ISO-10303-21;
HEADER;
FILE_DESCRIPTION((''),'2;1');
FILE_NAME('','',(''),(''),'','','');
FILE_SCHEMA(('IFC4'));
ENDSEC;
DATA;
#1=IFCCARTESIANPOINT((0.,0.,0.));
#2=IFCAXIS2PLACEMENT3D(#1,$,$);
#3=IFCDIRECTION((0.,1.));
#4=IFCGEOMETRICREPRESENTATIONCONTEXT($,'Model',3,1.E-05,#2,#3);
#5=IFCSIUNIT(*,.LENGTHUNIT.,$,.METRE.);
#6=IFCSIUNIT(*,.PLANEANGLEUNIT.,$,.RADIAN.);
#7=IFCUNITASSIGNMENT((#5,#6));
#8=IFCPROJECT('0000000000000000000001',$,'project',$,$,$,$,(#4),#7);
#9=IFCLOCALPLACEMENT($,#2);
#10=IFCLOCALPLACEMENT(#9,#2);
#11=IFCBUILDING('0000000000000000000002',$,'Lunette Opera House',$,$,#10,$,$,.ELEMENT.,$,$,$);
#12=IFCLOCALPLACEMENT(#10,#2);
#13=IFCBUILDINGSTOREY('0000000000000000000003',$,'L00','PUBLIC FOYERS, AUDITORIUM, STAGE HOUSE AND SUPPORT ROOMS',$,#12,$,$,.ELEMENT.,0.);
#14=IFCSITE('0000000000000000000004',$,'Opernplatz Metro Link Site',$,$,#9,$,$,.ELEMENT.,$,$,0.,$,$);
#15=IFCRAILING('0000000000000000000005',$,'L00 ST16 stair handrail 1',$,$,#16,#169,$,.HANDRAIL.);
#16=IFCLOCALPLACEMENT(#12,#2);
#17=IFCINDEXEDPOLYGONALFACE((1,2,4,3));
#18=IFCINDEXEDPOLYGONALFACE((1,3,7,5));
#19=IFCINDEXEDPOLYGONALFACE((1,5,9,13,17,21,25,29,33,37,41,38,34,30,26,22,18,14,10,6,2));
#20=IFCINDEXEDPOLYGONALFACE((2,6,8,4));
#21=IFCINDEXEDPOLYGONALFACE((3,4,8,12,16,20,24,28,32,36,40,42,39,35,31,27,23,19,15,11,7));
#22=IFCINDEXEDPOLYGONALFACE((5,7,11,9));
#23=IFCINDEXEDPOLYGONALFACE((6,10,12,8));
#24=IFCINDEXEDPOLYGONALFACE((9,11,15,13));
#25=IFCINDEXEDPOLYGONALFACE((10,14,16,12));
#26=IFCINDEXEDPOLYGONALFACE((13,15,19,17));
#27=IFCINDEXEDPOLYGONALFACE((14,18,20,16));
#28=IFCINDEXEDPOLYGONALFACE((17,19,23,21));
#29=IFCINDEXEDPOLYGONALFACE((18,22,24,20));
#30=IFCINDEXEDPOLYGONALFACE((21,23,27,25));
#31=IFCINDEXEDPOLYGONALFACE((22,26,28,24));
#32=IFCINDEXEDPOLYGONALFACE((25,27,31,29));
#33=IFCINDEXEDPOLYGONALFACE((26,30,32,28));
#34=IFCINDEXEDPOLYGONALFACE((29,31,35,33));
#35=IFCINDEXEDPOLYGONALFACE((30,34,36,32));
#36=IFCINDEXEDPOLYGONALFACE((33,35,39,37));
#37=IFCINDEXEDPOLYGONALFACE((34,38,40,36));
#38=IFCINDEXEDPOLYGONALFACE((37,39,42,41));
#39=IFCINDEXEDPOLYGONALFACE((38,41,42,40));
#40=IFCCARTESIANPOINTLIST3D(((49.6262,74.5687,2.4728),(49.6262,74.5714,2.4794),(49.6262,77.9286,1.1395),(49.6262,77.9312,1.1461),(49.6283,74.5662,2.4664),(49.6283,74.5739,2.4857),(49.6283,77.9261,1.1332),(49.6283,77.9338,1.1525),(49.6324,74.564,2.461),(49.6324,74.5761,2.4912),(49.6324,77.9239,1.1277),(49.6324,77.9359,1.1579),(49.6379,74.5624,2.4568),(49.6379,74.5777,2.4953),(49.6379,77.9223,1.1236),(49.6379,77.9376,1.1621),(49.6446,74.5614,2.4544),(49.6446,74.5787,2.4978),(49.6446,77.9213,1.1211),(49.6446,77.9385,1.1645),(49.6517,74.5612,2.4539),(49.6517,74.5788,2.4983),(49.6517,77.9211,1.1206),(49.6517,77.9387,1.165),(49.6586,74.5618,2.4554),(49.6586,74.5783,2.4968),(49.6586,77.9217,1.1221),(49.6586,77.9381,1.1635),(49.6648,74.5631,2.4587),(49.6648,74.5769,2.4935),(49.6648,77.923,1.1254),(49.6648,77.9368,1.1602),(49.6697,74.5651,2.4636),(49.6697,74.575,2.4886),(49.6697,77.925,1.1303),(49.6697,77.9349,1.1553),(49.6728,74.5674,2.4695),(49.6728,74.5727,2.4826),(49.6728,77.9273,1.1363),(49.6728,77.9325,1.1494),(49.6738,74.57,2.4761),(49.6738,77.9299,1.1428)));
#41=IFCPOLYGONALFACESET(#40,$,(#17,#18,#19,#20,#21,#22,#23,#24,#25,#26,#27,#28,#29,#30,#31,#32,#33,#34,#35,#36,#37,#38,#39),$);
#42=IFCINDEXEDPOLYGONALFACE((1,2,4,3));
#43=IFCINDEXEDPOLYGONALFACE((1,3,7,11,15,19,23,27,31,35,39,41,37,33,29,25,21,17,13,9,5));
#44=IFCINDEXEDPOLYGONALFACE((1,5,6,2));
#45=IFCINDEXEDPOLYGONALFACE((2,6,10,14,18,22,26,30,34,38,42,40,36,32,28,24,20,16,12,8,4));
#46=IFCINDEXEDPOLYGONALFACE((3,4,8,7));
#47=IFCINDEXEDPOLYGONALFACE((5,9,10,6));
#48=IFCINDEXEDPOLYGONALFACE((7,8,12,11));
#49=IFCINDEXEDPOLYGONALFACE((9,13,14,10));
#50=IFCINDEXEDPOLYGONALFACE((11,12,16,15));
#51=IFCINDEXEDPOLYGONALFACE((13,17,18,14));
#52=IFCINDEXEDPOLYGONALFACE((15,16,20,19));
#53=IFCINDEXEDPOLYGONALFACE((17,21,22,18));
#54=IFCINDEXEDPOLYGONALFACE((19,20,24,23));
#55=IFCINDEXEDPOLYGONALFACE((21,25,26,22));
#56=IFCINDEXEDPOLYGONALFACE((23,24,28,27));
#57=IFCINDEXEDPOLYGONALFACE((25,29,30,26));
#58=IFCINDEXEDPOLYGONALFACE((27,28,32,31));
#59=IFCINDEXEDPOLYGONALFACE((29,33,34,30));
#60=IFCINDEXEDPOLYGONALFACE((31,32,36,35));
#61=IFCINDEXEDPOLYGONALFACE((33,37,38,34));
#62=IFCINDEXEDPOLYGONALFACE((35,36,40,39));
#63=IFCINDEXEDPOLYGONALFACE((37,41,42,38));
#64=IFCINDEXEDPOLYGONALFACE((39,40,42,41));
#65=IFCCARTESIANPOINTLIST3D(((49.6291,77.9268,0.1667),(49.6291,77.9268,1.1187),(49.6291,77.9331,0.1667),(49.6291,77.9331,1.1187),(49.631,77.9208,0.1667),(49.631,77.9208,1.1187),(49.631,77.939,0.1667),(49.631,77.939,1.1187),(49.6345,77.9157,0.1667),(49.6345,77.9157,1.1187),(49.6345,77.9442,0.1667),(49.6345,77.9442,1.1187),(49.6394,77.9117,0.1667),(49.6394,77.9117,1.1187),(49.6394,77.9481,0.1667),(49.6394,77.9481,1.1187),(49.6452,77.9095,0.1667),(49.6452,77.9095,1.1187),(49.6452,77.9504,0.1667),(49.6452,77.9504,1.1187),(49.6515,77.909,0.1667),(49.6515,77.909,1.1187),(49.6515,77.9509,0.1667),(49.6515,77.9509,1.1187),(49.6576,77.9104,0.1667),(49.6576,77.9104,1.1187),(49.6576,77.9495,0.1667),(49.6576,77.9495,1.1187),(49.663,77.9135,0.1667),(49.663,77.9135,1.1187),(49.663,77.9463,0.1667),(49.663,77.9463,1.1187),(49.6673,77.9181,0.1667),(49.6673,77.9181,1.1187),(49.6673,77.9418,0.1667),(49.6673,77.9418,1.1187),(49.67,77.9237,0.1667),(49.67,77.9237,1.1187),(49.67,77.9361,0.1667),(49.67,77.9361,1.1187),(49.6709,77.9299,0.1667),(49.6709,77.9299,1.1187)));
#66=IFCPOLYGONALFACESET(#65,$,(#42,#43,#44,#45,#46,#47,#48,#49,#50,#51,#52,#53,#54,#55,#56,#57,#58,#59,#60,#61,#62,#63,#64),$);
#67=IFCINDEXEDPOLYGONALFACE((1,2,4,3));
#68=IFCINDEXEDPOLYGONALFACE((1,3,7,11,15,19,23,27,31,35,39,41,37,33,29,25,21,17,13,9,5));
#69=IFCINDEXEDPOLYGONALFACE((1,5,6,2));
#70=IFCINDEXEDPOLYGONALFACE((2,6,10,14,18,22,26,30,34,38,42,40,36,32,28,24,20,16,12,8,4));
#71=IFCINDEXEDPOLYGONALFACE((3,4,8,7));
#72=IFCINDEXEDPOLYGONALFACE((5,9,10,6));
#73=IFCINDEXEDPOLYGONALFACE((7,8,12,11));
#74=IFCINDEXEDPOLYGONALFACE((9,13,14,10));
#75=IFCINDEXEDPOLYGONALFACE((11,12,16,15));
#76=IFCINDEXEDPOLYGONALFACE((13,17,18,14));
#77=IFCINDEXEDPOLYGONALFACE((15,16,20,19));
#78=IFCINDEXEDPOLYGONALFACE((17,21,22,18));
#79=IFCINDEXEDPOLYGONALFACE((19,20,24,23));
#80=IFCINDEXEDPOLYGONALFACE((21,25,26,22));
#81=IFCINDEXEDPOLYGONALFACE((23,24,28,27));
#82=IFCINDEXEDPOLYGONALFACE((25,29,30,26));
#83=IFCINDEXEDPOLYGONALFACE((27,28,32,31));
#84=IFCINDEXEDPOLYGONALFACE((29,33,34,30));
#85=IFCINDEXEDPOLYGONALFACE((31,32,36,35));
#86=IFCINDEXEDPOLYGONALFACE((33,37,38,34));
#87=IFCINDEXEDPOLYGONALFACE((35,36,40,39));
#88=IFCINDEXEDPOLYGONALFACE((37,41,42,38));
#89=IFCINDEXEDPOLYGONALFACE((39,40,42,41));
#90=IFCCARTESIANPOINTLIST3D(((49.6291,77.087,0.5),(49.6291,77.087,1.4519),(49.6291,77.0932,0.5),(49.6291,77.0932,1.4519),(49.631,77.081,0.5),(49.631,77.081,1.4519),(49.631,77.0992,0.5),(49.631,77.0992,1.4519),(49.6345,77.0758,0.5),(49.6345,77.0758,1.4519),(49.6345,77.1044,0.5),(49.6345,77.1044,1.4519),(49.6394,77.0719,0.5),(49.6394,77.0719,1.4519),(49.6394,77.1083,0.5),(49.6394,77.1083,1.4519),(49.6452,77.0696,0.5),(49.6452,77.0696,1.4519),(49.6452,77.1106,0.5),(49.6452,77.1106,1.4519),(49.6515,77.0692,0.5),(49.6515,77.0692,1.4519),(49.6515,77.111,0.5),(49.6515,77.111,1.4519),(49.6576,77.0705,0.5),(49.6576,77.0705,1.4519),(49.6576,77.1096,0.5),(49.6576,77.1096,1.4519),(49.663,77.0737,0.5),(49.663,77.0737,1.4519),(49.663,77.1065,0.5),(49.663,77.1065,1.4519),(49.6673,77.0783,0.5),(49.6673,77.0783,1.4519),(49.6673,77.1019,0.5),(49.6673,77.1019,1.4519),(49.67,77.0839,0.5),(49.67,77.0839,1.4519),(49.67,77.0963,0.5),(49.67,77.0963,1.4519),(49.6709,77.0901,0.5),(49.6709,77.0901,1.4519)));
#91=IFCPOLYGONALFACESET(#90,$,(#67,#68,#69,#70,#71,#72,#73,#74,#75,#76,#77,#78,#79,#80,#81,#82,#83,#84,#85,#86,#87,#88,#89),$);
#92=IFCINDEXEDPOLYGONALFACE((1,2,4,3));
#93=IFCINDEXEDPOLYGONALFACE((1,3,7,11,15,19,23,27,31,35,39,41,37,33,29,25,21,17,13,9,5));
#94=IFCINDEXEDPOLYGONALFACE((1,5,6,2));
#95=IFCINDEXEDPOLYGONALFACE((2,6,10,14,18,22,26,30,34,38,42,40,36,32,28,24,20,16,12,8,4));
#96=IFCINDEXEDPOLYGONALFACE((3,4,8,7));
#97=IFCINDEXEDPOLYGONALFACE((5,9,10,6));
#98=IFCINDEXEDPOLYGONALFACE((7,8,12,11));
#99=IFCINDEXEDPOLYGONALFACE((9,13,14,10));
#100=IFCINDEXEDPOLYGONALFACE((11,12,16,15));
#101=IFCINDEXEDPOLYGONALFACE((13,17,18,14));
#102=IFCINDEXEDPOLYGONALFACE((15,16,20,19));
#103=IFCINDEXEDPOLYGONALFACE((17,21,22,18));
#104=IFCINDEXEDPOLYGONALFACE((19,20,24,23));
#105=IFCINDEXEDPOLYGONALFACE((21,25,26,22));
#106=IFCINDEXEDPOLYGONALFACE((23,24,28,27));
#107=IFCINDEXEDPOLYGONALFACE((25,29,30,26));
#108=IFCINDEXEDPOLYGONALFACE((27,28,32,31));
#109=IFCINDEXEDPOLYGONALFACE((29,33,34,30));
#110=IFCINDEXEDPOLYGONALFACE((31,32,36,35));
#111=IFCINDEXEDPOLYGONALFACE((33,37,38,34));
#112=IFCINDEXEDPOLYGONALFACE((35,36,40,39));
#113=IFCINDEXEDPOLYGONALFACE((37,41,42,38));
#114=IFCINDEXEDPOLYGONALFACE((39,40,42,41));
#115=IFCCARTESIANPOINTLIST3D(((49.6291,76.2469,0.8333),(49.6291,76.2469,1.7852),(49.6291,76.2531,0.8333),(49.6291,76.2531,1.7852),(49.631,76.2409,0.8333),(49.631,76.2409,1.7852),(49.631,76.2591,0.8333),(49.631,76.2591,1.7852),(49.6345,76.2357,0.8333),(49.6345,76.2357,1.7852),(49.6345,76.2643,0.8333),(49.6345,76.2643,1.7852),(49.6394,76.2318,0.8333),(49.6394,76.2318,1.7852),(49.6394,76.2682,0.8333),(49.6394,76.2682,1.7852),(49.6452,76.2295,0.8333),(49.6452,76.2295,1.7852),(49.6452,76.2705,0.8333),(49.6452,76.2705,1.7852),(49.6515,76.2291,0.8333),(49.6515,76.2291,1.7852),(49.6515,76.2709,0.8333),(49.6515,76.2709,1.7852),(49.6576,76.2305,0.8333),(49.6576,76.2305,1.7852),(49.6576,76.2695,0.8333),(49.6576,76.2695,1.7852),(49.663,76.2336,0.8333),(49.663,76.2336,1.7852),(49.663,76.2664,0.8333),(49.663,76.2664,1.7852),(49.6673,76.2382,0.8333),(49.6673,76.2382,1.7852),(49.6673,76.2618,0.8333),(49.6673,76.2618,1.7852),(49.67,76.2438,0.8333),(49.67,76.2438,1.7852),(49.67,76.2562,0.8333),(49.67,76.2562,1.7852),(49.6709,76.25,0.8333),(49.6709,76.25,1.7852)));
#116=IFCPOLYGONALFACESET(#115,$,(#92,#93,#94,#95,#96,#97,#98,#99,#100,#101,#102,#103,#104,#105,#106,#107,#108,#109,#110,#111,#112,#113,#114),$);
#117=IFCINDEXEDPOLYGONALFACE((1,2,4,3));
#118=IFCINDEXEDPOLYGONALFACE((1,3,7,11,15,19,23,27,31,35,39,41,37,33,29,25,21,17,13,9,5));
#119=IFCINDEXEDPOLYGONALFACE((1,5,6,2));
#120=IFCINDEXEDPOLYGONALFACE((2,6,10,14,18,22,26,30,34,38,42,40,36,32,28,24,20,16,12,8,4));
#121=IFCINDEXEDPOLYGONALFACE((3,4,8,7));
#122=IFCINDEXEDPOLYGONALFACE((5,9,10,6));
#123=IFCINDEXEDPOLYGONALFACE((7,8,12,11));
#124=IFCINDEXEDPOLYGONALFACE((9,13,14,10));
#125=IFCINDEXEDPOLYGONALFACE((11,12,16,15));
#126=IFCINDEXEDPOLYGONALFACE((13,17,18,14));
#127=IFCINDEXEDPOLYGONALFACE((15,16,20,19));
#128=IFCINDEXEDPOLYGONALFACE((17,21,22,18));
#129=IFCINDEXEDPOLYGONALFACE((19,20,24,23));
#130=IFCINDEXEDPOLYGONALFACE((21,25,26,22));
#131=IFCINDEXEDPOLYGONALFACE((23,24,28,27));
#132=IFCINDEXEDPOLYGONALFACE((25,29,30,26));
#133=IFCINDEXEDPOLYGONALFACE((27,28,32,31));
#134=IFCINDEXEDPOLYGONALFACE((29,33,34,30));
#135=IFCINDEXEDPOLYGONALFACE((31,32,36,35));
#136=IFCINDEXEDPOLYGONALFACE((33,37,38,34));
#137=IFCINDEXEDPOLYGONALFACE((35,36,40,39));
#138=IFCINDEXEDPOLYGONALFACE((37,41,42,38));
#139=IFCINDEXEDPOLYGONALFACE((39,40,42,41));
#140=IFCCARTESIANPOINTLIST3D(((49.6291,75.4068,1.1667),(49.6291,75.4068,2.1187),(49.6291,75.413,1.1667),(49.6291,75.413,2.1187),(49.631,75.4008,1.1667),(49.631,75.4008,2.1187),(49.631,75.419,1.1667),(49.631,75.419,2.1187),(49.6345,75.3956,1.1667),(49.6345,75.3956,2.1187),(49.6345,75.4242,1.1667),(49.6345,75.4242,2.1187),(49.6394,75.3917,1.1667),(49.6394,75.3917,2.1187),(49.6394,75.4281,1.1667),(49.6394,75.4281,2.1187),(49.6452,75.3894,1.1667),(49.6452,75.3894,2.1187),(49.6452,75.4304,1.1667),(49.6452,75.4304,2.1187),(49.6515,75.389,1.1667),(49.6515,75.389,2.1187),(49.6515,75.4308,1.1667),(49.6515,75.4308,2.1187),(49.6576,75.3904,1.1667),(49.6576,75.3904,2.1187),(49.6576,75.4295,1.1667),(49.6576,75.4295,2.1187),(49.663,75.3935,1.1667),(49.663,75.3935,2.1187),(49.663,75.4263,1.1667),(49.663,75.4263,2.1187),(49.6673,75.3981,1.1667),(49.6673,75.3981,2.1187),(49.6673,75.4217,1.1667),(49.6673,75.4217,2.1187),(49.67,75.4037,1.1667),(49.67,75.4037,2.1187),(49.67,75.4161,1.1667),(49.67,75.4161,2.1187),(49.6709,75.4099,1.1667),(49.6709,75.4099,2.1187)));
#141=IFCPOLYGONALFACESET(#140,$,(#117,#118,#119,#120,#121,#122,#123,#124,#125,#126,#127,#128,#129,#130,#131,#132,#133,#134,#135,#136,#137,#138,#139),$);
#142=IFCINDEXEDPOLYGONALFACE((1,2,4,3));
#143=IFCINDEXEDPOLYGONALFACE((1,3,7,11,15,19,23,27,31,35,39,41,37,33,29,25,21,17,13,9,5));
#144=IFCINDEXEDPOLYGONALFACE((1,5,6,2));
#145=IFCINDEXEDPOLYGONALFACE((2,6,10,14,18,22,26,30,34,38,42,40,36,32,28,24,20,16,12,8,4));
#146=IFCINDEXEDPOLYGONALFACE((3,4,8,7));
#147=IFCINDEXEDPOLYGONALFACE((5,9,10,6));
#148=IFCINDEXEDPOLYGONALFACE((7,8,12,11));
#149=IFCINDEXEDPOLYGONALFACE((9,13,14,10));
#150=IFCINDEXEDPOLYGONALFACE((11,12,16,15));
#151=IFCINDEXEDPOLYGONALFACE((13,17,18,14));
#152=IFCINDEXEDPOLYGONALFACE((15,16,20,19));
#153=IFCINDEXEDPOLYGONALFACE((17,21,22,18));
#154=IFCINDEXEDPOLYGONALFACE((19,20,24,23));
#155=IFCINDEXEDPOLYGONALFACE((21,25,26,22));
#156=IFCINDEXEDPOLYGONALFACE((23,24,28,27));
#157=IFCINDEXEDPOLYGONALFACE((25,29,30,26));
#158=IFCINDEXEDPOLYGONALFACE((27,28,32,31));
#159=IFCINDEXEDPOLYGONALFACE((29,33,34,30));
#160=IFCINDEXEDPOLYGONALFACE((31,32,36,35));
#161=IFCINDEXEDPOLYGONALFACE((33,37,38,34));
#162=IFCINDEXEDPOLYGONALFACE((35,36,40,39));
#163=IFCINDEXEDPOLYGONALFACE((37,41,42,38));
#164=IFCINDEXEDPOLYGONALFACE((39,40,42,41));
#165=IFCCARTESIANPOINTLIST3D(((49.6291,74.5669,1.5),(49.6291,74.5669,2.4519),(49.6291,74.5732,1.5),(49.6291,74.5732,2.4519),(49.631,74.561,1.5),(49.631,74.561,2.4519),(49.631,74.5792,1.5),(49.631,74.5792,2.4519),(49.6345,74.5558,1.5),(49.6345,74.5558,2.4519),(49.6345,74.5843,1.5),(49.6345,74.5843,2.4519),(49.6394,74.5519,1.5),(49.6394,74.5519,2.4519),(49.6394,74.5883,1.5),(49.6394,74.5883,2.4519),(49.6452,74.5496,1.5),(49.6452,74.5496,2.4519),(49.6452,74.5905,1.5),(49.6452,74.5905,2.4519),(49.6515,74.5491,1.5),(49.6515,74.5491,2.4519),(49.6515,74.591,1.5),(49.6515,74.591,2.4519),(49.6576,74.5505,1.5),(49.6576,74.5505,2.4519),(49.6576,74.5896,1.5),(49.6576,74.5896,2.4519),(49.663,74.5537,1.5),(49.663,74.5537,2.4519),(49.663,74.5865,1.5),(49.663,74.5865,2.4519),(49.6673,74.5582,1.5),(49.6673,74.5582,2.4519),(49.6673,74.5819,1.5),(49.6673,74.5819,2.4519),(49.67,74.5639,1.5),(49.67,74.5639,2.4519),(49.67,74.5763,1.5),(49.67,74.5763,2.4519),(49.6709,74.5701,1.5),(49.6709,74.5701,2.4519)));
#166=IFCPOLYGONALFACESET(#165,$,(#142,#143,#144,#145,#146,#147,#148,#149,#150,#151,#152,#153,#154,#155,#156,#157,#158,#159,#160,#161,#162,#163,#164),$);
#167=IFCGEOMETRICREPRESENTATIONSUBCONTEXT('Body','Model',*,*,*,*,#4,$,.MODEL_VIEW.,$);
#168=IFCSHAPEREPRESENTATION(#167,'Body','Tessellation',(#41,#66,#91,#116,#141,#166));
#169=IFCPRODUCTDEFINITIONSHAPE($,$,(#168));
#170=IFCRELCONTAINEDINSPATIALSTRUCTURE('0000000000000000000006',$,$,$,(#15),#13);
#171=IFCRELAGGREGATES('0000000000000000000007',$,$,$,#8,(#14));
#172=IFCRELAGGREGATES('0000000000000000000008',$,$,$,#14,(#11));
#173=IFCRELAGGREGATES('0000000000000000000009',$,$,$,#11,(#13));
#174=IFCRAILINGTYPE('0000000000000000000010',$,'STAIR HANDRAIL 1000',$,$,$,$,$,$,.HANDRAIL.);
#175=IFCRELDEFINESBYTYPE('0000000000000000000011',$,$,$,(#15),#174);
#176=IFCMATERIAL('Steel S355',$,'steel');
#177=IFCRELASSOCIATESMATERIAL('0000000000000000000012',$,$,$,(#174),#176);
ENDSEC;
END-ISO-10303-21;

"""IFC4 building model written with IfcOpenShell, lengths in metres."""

from ifc_helpers import new_model, si_unit, direction, frame, origin, origin_2d, place, context, subcontext, project, spatial, circle, extrude, material, type_object, element, save


model = new_model("IFC4")

# Units and contexts
model_context = context("Model", 3, precision=1e-05, world=origin(), true_north=direction((0.0, 1.0)))
body_context = subcontext(model_context, "Body", "Model", "MODEL_VIEW")
ifc_project = project(units=[si_unit("LENGTHUNIT", "METRE"), si_unit("PLANEANGLEUNIT", "RADIAN")], contexts=[model_context])

# Site, building, storey
site_placement = place(None, origin())
site = spatial("IfcSite", under=ifc_project, at=site_placement, Name="Opernplatz Metro Link Site", CompositionType="ELEMENT", RefElevation=0.0)
building_placement = place(site_placement, origin())
building = spatial("IfcBuilding", under=site, at=building_placement, Name="Lunette Opera House", CompositionType="ELEMENT")
storey_placement = place(building_placement, origin())
storey = spatial("IfcBuildingStorey", under=building, at=storey_placement, Name="L00", Description="PUBLIC FOYERS, AUDITORIUM, STAGE HOUSE AND SUPPORT ROOMS", CompositionType="ELEMENT", Elevation=0.0)

# Railing
ifc_material_1 = material(Name="Steel S355", Category="steel")
railing_type_1 = type_object("IfcRailingType", Name="STAIR HANDRAIL 1000", PredefinedType="HANDRAIL", material=ifc_material_1)
railing_1_placement = place(storey_placement, frame((49.6499, 77.9299, 0.1667)))
element("IfcRailing", 1, at=railing_1_placement, inside=storey, type_object=railing_type_1, Name="L00 ST16 stair handrail 1", PredefinedType="HANDRAIL", context=body_context, shape_type="SweptSolid", body=[
    extrude(circle(Radius=0.0239, at=origin_2d()), frame((0.0, 0.0, 0.9761), z_axis=(0.0, -0.929493, 0.368839), x_axis=(1.0, 0.0, 0.0)), (0.0, 0.0, 1.0), 3.6147),
    extrude(circle(Radius=0.021, at=origin_2d()), origin(), (0.0, 0.0, 1.0), 0.9519),
    extrude(circle(Radius=0.021, at=origin_2d()), frame((0.0, -0.8398, 0.3333)), (0.0, 0.0, 1.0), 0.9519),
    extrude(circle(Radius=0.021, at=origin_2d()), frame((0.0, -1.6799, 0.6665)), (0.0, 0.0, 1.0), 0.9519),
    extrude(circle(Radius=0.021, at=origin_2d()), frame((0.0, -2.52, 1.0)), (0.0, 0.0, 1.0), 0.9519),
    extrude(circle(Radius=0.021, at=origin_2d()), frame((0.0, -3.3599, 1.3333)), (0.0, 0.0, 1.0), 0.9519),
])

save(model, "model.ifc")
